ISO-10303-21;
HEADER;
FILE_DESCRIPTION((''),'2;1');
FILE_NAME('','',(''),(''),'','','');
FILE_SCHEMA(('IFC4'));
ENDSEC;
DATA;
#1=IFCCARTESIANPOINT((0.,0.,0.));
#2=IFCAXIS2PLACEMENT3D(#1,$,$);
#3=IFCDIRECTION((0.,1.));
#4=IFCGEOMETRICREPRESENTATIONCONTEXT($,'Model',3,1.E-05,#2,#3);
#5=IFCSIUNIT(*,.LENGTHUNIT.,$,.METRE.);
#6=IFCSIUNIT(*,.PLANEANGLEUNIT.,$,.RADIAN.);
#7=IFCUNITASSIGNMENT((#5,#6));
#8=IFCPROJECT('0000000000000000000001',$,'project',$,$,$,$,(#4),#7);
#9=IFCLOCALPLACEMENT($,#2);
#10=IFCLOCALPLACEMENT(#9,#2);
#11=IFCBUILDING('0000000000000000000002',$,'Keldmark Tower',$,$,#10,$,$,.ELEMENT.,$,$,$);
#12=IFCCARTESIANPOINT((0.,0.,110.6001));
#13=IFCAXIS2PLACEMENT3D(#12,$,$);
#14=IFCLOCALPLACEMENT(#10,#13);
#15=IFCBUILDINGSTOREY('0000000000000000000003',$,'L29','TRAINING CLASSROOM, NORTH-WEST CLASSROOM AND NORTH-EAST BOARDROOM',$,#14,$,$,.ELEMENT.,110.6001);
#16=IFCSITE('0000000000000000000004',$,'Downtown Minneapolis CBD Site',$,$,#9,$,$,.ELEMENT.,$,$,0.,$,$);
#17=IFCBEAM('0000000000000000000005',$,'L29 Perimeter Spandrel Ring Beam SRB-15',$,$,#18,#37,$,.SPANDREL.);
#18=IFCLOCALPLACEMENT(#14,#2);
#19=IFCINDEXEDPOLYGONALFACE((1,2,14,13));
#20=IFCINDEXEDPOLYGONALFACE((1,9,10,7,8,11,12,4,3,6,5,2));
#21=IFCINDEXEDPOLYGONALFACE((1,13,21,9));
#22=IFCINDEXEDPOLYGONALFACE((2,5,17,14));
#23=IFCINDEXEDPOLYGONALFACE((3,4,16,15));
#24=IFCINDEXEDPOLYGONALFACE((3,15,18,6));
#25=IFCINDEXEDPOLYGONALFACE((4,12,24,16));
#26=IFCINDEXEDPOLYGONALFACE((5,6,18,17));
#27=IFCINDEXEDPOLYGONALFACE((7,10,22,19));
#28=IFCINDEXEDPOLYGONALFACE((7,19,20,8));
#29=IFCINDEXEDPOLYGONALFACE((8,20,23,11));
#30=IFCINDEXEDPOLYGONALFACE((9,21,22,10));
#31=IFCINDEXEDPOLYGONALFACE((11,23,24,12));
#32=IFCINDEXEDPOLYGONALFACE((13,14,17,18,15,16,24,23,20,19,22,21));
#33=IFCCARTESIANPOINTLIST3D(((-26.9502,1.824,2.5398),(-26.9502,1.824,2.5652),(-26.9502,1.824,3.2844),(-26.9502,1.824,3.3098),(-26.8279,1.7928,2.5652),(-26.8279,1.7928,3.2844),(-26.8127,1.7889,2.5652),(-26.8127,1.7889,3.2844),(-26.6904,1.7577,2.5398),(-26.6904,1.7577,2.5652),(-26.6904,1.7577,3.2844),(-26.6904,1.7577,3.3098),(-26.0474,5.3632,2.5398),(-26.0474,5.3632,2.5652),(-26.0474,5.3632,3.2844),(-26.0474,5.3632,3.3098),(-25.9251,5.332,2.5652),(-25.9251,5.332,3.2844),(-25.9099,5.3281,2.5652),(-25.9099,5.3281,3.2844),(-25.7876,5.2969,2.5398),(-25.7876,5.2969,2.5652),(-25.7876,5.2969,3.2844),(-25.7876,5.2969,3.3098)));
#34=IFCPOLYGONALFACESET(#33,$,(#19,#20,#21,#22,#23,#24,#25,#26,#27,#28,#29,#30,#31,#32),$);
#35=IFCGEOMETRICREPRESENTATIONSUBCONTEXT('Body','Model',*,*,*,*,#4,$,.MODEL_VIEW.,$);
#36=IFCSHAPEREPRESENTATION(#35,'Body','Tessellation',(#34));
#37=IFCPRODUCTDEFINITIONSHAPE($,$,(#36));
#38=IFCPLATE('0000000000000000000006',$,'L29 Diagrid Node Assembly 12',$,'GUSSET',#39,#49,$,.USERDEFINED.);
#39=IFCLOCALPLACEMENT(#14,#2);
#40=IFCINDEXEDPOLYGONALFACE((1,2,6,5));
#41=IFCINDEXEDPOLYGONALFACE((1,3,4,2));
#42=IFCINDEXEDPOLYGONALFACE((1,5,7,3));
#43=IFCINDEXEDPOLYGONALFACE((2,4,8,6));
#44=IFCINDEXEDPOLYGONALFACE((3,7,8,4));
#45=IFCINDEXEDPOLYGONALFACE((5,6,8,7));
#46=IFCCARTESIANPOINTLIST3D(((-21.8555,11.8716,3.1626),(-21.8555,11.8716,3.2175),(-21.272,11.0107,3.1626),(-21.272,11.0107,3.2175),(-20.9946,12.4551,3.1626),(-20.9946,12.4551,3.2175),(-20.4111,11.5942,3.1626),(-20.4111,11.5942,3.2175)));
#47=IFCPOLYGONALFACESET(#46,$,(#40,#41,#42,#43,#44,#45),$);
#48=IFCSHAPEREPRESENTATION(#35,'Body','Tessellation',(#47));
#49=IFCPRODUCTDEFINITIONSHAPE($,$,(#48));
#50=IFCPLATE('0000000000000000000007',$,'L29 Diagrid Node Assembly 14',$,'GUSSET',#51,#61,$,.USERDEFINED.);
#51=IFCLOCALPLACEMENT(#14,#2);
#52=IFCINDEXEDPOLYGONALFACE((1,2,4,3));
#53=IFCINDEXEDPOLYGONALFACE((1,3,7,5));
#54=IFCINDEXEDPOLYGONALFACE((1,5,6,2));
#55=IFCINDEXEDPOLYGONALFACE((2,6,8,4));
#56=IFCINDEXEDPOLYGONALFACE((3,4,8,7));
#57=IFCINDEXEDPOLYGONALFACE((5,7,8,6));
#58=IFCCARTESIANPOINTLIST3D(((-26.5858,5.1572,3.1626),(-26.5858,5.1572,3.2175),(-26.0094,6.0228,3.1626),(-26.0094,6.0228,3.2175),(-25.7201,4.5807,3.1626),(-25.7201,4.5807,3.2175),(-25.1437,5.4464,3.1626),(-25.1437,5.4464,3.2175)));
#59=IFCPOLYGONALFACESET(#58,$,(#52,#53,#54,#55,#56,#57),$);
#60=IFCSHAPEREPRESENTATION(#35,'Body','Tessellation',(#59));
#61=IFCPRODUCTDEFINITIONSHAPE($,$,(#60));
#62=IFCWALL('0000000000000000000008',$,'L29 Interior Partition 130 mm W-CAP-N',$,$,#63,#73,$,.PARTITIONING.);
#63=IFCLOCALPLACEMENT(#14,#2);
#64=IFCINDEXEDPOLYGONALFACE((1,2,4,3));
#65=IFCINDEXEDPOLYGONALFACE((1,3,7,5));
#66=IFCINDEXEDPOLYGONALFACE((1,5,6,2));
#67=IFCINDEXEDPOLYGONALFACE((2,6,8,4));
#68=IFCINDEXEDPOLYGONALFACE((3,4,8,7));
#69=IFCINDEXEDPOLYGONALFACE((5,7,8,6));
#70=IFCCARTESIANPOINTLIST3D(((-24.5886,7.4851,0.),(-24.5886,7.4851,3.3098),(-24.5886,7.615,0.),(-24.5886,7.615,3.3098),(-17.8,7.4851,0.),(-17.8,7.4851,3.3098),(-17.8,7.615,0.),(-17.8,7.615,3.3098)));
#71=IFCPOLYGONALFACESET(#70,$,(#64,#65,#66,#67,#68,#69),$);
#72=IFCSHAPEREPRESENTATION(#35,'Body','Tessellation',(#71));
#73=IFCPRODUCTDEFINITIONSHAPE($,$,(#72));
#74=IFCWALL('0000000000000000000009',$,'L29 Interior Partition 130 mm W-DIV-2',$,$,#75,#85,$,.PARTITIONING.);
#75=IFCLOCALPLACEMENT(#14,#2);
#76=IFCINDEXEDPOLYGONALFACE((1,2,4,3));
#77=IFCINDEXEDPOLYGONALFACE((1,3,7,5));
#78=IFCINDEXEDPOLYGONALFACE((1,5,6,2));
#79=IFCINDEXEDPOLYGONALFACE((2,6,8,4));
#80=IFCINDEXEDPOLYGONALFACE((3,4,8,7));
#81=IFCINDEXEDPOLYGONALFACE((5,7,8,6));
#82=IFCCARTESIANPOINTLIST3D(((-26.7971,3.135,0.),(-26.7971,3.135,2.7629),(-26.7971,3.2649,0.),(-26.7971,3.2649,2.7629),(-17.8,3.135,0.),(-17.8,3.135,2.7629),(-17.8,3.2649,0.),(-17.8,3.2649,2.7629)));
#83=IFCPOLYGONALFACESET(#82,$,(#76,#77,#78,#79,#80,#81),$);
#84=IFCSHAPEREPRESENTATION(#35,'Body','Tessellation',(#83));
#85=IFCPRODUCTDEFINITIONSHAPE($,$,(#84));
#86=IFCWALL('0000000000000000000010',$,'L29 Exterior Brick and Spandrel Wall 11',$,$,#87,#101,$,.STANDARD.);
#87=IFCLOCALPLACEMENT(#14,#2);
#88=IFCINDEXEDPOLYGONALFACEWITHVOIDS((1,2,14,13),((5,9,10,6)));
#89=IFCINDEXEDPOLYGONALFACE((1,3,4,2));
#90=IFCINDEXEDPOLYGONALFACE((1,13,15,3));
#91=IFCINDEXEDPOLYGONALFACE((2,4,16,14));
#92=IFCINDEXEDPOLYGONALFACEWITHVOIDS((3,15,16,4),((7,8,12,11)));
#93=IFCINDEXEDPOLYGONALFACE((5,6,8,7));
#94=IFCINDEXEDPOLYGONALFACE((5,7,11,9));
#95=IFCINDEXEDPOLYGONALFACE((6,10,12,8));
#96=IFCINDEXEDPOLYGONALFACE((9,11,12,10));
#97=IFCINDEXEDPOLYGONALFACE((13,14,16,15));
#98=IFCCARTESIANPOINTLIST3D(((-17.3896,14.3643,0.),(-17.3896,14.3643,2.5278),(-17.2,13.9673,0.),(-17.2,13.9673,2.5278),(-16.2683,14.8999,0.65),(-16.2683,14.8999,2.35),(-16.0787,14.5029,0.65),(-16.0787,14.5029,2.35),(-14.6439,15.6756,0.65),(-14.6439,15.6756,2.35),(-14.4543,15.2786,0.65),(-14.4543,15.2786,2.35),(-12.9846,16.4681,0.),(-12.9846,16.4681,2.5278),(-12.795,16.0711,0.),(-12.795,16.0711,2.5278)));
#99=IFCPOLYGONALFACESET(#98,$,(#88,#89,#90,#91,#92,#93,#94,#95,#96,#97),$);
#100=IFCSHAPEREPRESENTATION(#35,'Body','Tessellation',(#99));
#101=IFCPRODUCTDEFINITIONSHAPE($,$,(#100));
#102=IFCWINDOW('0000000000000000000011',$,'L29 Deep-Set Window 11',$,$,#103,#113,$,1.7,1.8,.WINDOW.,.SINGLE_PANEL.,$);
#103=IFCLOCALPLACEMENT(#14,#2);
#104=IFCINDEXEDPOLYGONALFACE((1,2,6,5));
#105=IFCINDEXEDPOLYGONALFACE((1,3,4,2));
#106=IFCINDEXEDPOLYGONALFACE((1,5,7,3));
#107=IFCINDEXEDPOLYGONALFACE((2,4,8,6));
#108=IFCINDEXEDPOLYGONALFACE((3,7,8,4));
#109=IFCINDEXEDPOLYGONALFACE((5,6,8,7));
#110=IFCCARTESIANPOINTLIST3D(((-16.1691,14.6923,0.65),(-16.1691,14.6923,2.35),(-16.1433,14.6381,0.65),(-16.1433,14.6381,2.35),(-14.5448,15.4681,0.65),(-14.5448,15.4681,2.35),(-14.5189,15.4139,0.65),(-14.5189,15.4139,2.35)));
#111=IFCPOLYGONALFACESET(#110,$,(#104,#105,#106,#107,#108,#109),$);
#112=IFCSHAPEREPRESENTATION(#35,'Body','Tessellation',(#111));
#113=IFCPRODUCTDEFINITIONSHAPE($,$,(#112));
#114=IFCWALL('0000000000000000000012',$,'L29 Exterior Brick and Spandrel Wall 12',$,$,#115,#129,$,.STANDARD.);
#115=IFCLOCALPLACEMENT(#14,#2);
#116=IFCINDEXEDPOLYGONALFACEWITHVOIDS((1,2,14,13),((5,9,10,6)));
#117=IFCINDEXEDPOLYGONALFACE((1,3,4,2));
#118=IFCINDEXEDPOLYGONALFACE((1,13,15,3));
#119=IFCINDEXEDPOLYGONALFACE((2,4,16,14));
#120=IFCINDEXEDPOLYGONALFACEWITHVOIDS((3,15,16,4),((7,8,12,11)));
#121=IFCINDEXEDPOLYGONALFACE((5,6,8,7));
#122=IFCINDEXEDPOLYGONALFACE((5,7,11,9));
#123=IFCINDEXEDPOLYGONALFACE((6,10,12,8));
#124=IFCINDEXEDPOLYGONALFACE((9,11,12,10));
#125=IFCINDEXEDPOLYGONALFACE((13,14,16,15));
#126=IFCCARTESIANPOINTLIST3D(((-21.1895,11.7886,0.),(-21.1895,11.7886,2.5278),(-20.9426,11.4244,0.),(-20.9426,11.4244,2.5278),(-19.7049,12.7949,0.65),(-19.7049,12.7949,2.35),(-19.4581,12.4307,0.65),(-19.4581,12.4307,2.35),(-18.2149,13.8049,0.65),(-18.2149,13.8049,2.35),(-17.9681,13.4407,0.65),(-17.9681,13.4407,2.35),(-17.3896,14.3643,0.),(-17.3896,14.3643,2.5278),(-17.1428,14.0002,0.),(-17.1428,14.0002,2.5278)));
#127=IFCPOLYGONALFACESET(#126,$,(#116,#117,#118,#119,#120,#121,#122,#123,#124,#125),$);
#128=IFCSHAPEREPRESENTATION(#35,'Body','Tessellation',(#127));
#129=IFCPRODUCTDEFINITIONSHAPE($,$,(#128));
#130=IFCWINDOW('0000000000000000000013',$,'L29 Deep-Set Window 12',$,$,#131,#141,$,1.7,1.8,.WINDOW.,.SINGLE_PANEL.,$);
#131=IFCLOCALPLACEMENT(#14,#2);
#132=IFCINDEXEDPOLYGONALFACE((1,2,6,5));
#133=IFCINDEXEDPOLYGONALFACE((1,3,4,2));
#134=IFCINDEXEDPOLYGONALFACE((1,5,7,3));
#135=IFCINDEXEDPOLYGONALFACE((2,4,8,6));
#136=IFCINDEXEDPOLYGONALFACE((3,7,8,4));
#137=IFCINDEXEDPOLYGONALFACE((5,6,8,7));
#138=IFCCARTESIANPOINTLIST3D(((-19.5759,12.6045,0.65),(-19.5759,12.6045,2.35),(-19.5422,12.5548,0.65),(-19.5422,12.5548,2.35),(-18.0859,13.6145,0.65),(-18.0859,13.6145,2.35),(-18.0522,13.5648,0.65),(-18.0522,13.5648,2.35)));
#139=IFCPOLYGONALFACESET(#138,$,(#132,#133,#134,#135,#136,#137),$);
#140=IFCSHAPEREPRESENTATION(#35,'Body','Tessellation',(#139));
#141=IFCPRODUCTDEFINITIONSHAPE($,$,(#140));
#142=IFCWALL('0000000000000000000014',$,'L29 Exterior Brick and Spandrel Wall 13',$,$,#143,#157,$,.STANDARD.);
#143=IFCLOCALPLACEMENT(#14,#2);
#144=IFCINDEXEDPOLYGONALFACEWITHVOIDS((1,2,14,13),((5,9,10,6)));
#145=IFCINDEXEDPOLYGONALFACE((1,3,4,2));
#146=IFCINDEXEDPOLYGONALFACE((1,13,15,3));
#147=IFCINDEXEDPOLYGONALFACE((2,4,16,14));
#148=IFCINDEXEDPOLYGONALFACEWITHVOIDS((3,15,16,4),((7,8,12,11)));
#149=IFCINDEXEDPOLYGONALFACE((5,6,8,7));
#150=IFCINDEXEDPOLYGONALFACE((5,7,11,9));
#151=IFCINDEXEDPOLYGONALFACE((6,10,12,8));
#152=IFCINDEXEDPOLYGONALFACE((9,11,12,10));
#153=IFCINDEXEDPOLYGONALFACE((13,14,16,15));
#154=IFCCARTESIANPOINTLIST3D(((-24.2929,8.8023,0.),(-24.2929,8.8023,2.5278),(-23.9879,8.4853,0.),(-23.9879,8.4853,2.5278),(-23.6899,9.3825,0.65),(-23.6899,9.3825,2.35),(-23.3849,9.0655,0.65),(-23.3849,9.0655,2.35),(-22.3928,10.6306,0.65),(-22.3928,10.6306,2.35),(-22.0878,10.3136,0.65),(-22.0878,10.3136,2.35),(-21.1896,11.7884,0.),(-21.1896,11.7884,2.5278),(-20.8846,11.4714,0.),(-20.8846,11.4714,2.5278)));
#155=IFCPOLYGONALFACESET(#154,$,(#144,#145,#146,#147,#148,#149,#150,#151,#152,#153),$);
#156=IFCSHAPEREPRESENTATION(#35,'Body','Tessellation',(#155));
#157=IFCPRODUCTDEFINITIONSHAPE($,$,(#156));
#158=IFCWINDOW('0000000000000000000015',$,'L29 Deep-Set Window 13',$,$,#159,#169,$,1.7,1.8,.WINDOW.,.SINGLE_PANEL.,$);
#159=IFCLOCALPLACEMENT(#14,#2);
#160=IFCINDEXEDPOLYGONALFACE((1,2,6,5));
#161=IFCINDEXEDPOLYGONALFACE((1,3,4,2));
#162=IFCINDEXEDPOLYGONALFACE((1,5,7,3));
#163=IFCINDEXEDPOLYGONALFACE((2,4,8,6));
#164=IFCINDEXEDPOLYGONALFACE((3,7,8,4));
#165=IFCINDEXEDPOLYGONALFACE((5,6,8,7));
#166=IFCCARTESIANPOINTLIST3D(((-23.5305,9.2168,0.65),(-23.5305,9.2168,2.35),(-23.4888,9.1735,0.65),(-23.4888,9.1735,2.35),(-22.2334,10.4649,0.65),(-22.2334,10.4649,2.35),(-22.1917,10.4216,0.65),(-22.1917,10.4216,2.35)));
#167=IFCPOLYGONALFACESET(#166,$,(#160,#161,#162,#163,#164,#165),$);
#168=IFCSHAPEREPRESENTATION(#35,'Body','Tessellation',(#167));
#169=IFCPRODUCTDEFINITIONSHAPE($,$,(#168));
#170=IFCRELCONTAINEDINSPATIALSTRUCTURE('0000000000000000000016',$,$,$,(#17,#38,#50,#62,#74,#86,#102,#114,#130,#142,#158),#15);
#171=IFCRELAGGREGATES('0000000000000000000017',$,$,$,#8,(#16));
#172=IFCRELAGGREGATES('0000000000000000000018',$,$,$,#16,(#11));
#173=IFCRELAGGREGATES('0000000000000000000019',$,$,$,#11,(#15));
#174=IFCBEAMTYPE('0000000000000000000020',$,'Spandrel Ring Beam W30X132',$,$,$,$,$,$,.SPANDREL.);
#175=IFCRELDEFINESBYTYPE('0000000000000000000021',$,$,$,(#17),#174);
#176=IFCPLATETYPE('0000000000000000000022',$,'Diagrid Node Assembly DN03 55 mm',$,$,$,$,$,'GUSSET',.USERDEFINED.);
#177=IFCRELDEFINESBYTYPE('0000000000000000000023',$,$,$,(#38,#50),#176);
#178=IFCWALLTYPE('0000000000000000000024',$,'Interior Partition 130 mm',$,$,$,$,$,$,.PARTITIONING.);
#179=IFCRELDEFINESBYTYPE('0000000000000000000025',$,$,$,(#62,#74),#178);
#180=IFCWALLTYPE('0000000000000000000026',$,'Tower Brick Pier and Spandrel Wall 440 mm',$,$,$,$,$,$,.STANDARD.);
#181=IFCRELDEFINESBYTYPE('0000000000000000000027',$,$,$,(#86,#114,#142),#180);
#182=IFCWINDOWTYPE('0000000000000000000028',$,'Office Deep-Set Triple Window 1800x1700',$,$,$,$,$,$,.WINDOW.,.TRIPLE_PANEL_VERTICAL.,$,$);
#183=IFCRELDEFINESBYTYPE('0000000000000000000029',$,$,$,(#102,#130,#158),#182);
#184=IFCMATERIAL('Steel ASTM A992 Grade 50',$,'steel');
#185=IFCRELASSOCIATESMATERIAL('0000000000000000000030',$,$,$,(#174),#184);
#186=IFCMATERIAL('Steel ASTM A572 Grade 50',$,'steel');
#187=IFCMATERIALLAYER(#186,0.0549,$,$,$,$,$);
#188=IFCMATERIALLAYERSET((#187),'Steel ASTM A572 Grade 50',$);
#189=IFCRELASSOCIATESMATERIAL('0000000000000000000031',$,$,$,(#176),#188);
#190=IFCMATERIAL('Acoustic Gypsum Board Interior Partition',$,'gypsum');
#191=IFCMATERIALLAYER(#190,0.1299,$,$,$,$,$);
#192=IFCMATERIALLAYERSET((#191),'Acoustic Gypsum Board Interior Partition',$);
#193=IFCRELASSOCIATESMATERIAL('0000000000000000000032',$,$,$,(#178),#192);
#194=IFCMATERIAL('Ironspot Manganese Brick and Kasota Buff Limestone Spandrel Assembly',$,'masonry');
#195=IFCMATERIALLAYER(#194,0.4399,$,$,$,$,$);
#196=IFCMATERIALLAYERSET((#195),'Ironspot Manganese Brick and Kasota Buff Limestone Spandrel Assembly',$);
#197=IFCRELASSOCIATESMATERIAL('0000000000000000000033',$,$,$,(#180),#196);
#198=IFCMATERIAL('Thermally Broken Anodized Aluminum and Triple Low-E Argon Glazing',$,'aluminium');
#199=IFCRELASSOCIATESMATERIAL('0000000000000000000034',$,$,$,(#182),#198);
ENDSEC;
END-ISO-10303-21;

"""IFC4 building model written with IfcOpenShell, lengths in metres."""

from ifc_helpers import new_model, si_unit, direction, frame, frame_2d, origin, origin_2d, place, context, subcontext, project, spatial, rectangle, i_section, extrude, material, layer, layer_set, material_profile, profile_set, type_object, element, fill, save


model = new_model("IFC4")

# Units and contexts
model_context = context("Model", 3, precision=1e-05, world=origin(), true_north=direction((0.0, 1.0)))
body_context = subcontext(model_context, "Body", "Model", "MODEL_VIEW")
ifc_project = project(units=[si_unit("LENGTHUNIT", "METRE"), si_unit("PLANEANGLEUNIT", "RADIAN")], contexts=[model_context])

# Site, building, storey
site_placement = place(None, origin())
site = spatial("IfcSite", under=ifc_project, at=site_placement, Name="Downtown Minneapolis CBD Site", CompositionType="ELEMENT", RefElevation=0.0)
building_placement = place(site_placement, origin())
building = spatial("IfcBuilding", under=site, at=building_placement, Name="Keldmark Tower", CompositionType="ELEMENT")
storey_placement = place(building_placement, frame((0.0, 0.0, 110.6001)))
storey = spatial("IfcBuildingStorey", under=building, at=storey_placement, Name="L29", Description="TRAINING CLASSROOM, NORTH-WEST CLASSROOM AND NORTH-EAST BOARDROOM", CompositionType="ELEMENT", Elevation=110.6001)

# Beam
ifc_material_1 = material(Name="Steel ASTM A992 Grade 50", Category="steel")
ifc_material_profile_1 = material_profile(ifc_material_1, i_section(OverallWidth=0.2681, OverallDepth=0.77, WebThickness=0.0156, FlangeThickness=0.0254, at=origin_2d()), Name="W30X132")
ifc_profile_set_1 = profile_set([ifc_material_profile_1], Name="Steel ASTM A992 Grade 50")
beam_type_1 = type_object("IfcBeamType", Name="Spandrel Ring Beam W30X132", PredefinedType="SPANDREL", material=ifc_profile_set_1)
beam_1_placement = place(storey_placement, frame((-25.9175, 5.3301, 2.9248), z_axis=(-0.247172, -0.968972, 0.0), x_axis=(0.968972, -0.247172, 0.0)))
element("IfcBeam", 1, at=beam_1_placement, inside=storey, type_object=beam_type_1, Name="L29 Perimeter Spandrel Ring Beam SRB-15", PredefinedType="SPANDREL", context=body_context, shape_type="SweptSolid", body=[
    extrude(i_section(OverallWidth=0.2681, OverallDepth=0.77, WebThickness=0.0156, FlangeThickness=0.0254, at=origin_2d()), origin(), (0.0, 0.0, 1.0), 3.6526),
])

# Plates
ifc_material_2 = material(Name="Steel ASTM A572 Grade 50", Category="steel")
ifc_layer_1 = layer(ifc_material_2, 0.0549)
ifc_layer_set_1 = layer_set([ifc_layer_1], Name="Steel ASTM A572 Grade 50")
plate_type = type_object("IfcPlateType", Name="Diagrid Node Assembly DN03 55 mm", ElementType="GUSSET", PredefinedType="USERDEFINED", material=ifc_layer_set_1)
for number, where, z_axis, x_axis, name in (
    (2, (-21.1333, 11.7329, 3.1626), (0.0, 0.0, 1.0), (-0.827767, -0.561072, 0.0), "L29 Diagrid Node Assembly 12"),
    (3, (-25.8647, 5.3018, 3.1626), (0.0, 0.0, 1.0), (-0.554263, -0.832341, 0.0), "L29 Diagrid Node Assembly 14"),
):
    element("IfcPlate", number, at=place(storey_placement, frame(where, z_axis=z_axis, x_axis=x_axis)), inside=storey, type_object=plate_type, Name=name, ObjectType="GUSSET", PredefinedType="USERDEFINED", context=body_context, shape_type="SweptSolid", body=[
        extrude(rectangle(XDim=1.04, YDim=1.04, at=origin_2d()), origin(), (0.0, 0.0, 1.0), 0.0549),
    ])

# Walls
ifc_material_3 = material(Name="Acoustic Gypsum Board Interior Partition", Category="gypsum")
ifc_layer_2 = layer(ifc_material_3, 0.1299)
ifc_layer_set_2 = layer_set([ifc_layer_2], Name="Acoustic Gypsum Board Interior Partition")
wall_type_1 = type_object("IfcWallType", Name="Interior Partition 130 mm", PredefinedType="PARTITIONING", material=ifc_layer_set_2)
wall_1_placement = place(storey_placement, frame((-24.5886, 7.55, 0.0), z_axis=(0.0, 0.0, 1.0), x_axis=(1.0, 0.0, 0.0)))
element("IfcWall", 4, at=wall_1_placement, inside=storey, type_object=wall_type_1, Name="L29 Interior Partition 130 mm W-CAP-N", PredefinedType="PARTITIONING", context=body_context, shape_type="SweptSolid", body=[
    extrude(rectangle(XDim=6.7886, YDim=0.1299, at=frame_2d((3.3943, 0.0))), origin(), (0.0, 0.0, 1.0), 3.3098),
])
wall_2_placement = place(storey_placement, frame((-26.7971, 3.2, 0.0), z_axis=(0.0, 0.0, 1.0), x_axis=(1.0, 0.0, 0.0)))
element("IfcWall", 5, at=wall_2_placement, inside=storey, type_object=wall_type_1, Name="L29 Interior Partition 130 mm W-DIV-2", PredefinedType="PARTITIONING", context=body_context, shape_type="SweptSolid", body=[
    extrude(rectangle(XDim=8.9971, YDim=0.1299, at=frame_2d((4.4985, 0.0))), origin(), (0.0, 0.0, 1.0), 2.7629),
])

# Walls, openings, windows
ifc_material_4 = material(Name="Ironspot Manganese Brick and Kasota Buff Limestone Spandrel Assembly", Category="masonry")
ifc_layer_3 = layer(ifc_material_4, 0.4399)
ifc_layer_set_3 = layer_set([ifc_layer_3], Name="Ironspot Manganese Brick and Kasota Buff Limestone Spandrel Assembly")
wall_type_2 = type_object("IfcWallType", Name="Tower Brick Pier and Spandrel Wall 440 mm", PredefinedType="STANDARD", material=ifc_layer_set_3)
wall_3_placement = place(storey_placement, frame((-17.2949, 14.1658, 0.0), z_axis=(0.0, 0.0, 1.0), x_axis=(0.902373, 0.430956, 0.0)))
wall_3 = element("IfcWall", 6, at=wall_3_placement, inside=storey, type_object=wall_type_2, Name="L29 Exterior Brick and Spandrel Wall 11", PredefinedType="STANDARD", context=body_context, shape_type="SweptSolid", body=[
    extrude(rectangle(XDim=4.8816, YDim=0.4399, at=frame_2d((2.4409, 0.0))), origin(), (0.0, 0.0, 1.0), 2.5278),
])
opening_1_placement = place(wall_3_placement, frame((1.2429, 0.0, 0.6499)))
opening_1 = element("IfcOpeningElement", 7, at=opening_1_placement, cuts=wall_3, PredefinedType="OPENING", context=body_context, shape_type="SweptSolid", body=[
    extrude(rectangle(XDim=1.8, YDim=1.7, at=frame_2d((0.8999, 0.8501))), frame((0.0, 0.23, 0.0), z_axis=(0.0, -1.0, 0.0), x_axis=(1.0, 0.0, 0.0)), (0.0, 0.0, 1.0), 0.46),
])
ifc_material_5 = material(Name="Thermally Broken Anodized Aluminum and Triple Low-E Argon Glazing", Category="aluminium")
window_type_1 = type_object("IfcWindowType", Name="Office Deep-Set Triple Window 1800x1700", PartitioningType="TRIPLE_PANEL_VERTICAL", PredefinedType="WINDOW", material=ifc_material_5)
window_1_placement = place(opening_1_placement, origin())
window_1 = element("IfcWindow", 8, at=window_1_placement, inside=storey, type_object=window_type_1, Name="L29 Deep-Set Window 11", OverallHeight=1.7, OverallWidth=1.8, PartitioningType="SINGLE_PANEL", PredefinedType="WINDOW", context=body_context, shape_type="SweptSolid", body=[
    extrude(rectangle(XDim=1.8, YDim=1.7, at=frame_2d((0.8999, 0.8501))), frame((0.0, -0.01, 0.0), z_axis=(0.0, -1.0, 0.0), x_axis=(1.0, 0.0, 0.0)), (0.0, 0.0, 1.0), 0.0601),
])
fill(opening_1, window_1)
wall_4_placement = place(storey_placement, frame((-21.0662, 11.6064, 0.0), z_axis=(0.0, 0.0, 1.0), x_axis=(0.827755, 0.56109, 0.0)))
wall_4 = element("IfcWall", 9, at=wall_4_placement, inside=storey, type_object=wall_type_2, Name="L29 Exterior Brick and Spandrel Wall 12", PredefinedType="STANDARD", context=body_context, shape_type="SweptSolid", body=[
    extrude(rectangle(XDim=4.5906, YDim=0.4399, at=frame_2d((2.2954, 0.0))), origin(), (0.0, 0.0, 1.0), 2.5278),
])
opening_2_placement = place(wall_4_placement, frame((1.7937, 0.0, 0.6499)))
opening_2 = element("IfcOpeningElement", 10, at=opening_2_placement, cuts=wall_4, PredefinedType="OPENING", context=body_context, shape_type="SweptSolid", body=[
    extrude(rectangle(XDim=1.8, YDim=1.7, at=frame_2d((0.8999, 0.8501))), frame((0.0, 0.23, 0.0), z_axis=(0.0, -1.0, 0.0), x_axis=(1.0, 0.0, 0.0)), (0.0, 0.0, 1.0), 0.46),
])
window_2_placement = place(opening_2_placement, origin())
window_2 = element("IfcWindow", 11, at=window_2_placement, inside=storey, type_object=window_type_1, Name="L29 Deep-Set Window 12", OverallHeight=1.7, OverallWidth=1.8, PartitioningType="SINGLE_PANEL", PredefinedType="WINDOW", context=body_context, shape_type="SweptSolid", body=[
    extrude(rectangle(XDim=1.8, YDim=1.7, at=frame_2d((0.8999, 0.8501))), frame((0.0, -0.01, 0.0), z_axis=(0.0, -1.0, 0.0), x_axis=(1.0, 0.0, 0.0)), (0.0, 0.0, 1.0), 0.0601),
])
fill(opening_2, window_2)
wall_5_placement = place(storey_placement, frame((-24.1404, 8.6438, 0.0), z_axis=(0.0, 0.0, 1.0), x_axis=(0.720581, 0.69337, 0.0)))
wall_5 = element("IfcWall", 12, at=wall_5_placement, inside=storey, type_object=wall_type_2, Name="L29 Exterior Brick and Spandrel Wall 13", PredefinedType="STANDARD", context=body_context, shape_type="SweptSolid", body=[
    extrude(rectangle(XDim=4.3066, YDim=0.4399, at=frame_2d((2.1533, 0.0))), origin(), (0.0, 0.0, 1.0), 2.5278),
])
opening_3_placement = place(wall_5_placement, frame((0.8369, 0.0, 0.6499)))
opening_3 = element("IfcOpeningElement", 13, at=opening_3_placement, cuts=wall_5, PredefinedType="OPENING", context=body_context, shape_type="SweptSolid", body=[
    extrude(rectangle(XDim=1.8, YDim=1.7, at=frame_2d((0.8999, 0.8501))), frame((0.0, 0.23, 0.0), z_axis=(0.0, -1.0, 0.0), x_axis=(1.0, 0.0, 0.0)), (0.0, 0.0, 1.0), 0.46),
])
window_3_placement = place(opening_3_placement, origin())
window_3 = element("IfcWindow", 14, at=window_3_placement, inside=storey, type_object=window_type_1, Name="L29 Deep-Set Window 13", OverallHeight=1.7, OverallWidth=1.8, PartitioningType="SINGLE_PANEL", PredefinedType="WINDOW", context=body_context, shape_type="SweptSolid", body=[
    extrude(rectangle(XDim=1.8, YDim=1.7, at=frame_2d((0.8999, 0.8501))), frame((0.0, -0.01, 0.0), z_axis=(0.0, -1.0, 0.0), x_axis=(1.0, 0.0, 0.0)), (0.0, 0.0, 1.0), 0.0601),
])
fill(opening_3, window_3)

save(model, "model.ifc")
